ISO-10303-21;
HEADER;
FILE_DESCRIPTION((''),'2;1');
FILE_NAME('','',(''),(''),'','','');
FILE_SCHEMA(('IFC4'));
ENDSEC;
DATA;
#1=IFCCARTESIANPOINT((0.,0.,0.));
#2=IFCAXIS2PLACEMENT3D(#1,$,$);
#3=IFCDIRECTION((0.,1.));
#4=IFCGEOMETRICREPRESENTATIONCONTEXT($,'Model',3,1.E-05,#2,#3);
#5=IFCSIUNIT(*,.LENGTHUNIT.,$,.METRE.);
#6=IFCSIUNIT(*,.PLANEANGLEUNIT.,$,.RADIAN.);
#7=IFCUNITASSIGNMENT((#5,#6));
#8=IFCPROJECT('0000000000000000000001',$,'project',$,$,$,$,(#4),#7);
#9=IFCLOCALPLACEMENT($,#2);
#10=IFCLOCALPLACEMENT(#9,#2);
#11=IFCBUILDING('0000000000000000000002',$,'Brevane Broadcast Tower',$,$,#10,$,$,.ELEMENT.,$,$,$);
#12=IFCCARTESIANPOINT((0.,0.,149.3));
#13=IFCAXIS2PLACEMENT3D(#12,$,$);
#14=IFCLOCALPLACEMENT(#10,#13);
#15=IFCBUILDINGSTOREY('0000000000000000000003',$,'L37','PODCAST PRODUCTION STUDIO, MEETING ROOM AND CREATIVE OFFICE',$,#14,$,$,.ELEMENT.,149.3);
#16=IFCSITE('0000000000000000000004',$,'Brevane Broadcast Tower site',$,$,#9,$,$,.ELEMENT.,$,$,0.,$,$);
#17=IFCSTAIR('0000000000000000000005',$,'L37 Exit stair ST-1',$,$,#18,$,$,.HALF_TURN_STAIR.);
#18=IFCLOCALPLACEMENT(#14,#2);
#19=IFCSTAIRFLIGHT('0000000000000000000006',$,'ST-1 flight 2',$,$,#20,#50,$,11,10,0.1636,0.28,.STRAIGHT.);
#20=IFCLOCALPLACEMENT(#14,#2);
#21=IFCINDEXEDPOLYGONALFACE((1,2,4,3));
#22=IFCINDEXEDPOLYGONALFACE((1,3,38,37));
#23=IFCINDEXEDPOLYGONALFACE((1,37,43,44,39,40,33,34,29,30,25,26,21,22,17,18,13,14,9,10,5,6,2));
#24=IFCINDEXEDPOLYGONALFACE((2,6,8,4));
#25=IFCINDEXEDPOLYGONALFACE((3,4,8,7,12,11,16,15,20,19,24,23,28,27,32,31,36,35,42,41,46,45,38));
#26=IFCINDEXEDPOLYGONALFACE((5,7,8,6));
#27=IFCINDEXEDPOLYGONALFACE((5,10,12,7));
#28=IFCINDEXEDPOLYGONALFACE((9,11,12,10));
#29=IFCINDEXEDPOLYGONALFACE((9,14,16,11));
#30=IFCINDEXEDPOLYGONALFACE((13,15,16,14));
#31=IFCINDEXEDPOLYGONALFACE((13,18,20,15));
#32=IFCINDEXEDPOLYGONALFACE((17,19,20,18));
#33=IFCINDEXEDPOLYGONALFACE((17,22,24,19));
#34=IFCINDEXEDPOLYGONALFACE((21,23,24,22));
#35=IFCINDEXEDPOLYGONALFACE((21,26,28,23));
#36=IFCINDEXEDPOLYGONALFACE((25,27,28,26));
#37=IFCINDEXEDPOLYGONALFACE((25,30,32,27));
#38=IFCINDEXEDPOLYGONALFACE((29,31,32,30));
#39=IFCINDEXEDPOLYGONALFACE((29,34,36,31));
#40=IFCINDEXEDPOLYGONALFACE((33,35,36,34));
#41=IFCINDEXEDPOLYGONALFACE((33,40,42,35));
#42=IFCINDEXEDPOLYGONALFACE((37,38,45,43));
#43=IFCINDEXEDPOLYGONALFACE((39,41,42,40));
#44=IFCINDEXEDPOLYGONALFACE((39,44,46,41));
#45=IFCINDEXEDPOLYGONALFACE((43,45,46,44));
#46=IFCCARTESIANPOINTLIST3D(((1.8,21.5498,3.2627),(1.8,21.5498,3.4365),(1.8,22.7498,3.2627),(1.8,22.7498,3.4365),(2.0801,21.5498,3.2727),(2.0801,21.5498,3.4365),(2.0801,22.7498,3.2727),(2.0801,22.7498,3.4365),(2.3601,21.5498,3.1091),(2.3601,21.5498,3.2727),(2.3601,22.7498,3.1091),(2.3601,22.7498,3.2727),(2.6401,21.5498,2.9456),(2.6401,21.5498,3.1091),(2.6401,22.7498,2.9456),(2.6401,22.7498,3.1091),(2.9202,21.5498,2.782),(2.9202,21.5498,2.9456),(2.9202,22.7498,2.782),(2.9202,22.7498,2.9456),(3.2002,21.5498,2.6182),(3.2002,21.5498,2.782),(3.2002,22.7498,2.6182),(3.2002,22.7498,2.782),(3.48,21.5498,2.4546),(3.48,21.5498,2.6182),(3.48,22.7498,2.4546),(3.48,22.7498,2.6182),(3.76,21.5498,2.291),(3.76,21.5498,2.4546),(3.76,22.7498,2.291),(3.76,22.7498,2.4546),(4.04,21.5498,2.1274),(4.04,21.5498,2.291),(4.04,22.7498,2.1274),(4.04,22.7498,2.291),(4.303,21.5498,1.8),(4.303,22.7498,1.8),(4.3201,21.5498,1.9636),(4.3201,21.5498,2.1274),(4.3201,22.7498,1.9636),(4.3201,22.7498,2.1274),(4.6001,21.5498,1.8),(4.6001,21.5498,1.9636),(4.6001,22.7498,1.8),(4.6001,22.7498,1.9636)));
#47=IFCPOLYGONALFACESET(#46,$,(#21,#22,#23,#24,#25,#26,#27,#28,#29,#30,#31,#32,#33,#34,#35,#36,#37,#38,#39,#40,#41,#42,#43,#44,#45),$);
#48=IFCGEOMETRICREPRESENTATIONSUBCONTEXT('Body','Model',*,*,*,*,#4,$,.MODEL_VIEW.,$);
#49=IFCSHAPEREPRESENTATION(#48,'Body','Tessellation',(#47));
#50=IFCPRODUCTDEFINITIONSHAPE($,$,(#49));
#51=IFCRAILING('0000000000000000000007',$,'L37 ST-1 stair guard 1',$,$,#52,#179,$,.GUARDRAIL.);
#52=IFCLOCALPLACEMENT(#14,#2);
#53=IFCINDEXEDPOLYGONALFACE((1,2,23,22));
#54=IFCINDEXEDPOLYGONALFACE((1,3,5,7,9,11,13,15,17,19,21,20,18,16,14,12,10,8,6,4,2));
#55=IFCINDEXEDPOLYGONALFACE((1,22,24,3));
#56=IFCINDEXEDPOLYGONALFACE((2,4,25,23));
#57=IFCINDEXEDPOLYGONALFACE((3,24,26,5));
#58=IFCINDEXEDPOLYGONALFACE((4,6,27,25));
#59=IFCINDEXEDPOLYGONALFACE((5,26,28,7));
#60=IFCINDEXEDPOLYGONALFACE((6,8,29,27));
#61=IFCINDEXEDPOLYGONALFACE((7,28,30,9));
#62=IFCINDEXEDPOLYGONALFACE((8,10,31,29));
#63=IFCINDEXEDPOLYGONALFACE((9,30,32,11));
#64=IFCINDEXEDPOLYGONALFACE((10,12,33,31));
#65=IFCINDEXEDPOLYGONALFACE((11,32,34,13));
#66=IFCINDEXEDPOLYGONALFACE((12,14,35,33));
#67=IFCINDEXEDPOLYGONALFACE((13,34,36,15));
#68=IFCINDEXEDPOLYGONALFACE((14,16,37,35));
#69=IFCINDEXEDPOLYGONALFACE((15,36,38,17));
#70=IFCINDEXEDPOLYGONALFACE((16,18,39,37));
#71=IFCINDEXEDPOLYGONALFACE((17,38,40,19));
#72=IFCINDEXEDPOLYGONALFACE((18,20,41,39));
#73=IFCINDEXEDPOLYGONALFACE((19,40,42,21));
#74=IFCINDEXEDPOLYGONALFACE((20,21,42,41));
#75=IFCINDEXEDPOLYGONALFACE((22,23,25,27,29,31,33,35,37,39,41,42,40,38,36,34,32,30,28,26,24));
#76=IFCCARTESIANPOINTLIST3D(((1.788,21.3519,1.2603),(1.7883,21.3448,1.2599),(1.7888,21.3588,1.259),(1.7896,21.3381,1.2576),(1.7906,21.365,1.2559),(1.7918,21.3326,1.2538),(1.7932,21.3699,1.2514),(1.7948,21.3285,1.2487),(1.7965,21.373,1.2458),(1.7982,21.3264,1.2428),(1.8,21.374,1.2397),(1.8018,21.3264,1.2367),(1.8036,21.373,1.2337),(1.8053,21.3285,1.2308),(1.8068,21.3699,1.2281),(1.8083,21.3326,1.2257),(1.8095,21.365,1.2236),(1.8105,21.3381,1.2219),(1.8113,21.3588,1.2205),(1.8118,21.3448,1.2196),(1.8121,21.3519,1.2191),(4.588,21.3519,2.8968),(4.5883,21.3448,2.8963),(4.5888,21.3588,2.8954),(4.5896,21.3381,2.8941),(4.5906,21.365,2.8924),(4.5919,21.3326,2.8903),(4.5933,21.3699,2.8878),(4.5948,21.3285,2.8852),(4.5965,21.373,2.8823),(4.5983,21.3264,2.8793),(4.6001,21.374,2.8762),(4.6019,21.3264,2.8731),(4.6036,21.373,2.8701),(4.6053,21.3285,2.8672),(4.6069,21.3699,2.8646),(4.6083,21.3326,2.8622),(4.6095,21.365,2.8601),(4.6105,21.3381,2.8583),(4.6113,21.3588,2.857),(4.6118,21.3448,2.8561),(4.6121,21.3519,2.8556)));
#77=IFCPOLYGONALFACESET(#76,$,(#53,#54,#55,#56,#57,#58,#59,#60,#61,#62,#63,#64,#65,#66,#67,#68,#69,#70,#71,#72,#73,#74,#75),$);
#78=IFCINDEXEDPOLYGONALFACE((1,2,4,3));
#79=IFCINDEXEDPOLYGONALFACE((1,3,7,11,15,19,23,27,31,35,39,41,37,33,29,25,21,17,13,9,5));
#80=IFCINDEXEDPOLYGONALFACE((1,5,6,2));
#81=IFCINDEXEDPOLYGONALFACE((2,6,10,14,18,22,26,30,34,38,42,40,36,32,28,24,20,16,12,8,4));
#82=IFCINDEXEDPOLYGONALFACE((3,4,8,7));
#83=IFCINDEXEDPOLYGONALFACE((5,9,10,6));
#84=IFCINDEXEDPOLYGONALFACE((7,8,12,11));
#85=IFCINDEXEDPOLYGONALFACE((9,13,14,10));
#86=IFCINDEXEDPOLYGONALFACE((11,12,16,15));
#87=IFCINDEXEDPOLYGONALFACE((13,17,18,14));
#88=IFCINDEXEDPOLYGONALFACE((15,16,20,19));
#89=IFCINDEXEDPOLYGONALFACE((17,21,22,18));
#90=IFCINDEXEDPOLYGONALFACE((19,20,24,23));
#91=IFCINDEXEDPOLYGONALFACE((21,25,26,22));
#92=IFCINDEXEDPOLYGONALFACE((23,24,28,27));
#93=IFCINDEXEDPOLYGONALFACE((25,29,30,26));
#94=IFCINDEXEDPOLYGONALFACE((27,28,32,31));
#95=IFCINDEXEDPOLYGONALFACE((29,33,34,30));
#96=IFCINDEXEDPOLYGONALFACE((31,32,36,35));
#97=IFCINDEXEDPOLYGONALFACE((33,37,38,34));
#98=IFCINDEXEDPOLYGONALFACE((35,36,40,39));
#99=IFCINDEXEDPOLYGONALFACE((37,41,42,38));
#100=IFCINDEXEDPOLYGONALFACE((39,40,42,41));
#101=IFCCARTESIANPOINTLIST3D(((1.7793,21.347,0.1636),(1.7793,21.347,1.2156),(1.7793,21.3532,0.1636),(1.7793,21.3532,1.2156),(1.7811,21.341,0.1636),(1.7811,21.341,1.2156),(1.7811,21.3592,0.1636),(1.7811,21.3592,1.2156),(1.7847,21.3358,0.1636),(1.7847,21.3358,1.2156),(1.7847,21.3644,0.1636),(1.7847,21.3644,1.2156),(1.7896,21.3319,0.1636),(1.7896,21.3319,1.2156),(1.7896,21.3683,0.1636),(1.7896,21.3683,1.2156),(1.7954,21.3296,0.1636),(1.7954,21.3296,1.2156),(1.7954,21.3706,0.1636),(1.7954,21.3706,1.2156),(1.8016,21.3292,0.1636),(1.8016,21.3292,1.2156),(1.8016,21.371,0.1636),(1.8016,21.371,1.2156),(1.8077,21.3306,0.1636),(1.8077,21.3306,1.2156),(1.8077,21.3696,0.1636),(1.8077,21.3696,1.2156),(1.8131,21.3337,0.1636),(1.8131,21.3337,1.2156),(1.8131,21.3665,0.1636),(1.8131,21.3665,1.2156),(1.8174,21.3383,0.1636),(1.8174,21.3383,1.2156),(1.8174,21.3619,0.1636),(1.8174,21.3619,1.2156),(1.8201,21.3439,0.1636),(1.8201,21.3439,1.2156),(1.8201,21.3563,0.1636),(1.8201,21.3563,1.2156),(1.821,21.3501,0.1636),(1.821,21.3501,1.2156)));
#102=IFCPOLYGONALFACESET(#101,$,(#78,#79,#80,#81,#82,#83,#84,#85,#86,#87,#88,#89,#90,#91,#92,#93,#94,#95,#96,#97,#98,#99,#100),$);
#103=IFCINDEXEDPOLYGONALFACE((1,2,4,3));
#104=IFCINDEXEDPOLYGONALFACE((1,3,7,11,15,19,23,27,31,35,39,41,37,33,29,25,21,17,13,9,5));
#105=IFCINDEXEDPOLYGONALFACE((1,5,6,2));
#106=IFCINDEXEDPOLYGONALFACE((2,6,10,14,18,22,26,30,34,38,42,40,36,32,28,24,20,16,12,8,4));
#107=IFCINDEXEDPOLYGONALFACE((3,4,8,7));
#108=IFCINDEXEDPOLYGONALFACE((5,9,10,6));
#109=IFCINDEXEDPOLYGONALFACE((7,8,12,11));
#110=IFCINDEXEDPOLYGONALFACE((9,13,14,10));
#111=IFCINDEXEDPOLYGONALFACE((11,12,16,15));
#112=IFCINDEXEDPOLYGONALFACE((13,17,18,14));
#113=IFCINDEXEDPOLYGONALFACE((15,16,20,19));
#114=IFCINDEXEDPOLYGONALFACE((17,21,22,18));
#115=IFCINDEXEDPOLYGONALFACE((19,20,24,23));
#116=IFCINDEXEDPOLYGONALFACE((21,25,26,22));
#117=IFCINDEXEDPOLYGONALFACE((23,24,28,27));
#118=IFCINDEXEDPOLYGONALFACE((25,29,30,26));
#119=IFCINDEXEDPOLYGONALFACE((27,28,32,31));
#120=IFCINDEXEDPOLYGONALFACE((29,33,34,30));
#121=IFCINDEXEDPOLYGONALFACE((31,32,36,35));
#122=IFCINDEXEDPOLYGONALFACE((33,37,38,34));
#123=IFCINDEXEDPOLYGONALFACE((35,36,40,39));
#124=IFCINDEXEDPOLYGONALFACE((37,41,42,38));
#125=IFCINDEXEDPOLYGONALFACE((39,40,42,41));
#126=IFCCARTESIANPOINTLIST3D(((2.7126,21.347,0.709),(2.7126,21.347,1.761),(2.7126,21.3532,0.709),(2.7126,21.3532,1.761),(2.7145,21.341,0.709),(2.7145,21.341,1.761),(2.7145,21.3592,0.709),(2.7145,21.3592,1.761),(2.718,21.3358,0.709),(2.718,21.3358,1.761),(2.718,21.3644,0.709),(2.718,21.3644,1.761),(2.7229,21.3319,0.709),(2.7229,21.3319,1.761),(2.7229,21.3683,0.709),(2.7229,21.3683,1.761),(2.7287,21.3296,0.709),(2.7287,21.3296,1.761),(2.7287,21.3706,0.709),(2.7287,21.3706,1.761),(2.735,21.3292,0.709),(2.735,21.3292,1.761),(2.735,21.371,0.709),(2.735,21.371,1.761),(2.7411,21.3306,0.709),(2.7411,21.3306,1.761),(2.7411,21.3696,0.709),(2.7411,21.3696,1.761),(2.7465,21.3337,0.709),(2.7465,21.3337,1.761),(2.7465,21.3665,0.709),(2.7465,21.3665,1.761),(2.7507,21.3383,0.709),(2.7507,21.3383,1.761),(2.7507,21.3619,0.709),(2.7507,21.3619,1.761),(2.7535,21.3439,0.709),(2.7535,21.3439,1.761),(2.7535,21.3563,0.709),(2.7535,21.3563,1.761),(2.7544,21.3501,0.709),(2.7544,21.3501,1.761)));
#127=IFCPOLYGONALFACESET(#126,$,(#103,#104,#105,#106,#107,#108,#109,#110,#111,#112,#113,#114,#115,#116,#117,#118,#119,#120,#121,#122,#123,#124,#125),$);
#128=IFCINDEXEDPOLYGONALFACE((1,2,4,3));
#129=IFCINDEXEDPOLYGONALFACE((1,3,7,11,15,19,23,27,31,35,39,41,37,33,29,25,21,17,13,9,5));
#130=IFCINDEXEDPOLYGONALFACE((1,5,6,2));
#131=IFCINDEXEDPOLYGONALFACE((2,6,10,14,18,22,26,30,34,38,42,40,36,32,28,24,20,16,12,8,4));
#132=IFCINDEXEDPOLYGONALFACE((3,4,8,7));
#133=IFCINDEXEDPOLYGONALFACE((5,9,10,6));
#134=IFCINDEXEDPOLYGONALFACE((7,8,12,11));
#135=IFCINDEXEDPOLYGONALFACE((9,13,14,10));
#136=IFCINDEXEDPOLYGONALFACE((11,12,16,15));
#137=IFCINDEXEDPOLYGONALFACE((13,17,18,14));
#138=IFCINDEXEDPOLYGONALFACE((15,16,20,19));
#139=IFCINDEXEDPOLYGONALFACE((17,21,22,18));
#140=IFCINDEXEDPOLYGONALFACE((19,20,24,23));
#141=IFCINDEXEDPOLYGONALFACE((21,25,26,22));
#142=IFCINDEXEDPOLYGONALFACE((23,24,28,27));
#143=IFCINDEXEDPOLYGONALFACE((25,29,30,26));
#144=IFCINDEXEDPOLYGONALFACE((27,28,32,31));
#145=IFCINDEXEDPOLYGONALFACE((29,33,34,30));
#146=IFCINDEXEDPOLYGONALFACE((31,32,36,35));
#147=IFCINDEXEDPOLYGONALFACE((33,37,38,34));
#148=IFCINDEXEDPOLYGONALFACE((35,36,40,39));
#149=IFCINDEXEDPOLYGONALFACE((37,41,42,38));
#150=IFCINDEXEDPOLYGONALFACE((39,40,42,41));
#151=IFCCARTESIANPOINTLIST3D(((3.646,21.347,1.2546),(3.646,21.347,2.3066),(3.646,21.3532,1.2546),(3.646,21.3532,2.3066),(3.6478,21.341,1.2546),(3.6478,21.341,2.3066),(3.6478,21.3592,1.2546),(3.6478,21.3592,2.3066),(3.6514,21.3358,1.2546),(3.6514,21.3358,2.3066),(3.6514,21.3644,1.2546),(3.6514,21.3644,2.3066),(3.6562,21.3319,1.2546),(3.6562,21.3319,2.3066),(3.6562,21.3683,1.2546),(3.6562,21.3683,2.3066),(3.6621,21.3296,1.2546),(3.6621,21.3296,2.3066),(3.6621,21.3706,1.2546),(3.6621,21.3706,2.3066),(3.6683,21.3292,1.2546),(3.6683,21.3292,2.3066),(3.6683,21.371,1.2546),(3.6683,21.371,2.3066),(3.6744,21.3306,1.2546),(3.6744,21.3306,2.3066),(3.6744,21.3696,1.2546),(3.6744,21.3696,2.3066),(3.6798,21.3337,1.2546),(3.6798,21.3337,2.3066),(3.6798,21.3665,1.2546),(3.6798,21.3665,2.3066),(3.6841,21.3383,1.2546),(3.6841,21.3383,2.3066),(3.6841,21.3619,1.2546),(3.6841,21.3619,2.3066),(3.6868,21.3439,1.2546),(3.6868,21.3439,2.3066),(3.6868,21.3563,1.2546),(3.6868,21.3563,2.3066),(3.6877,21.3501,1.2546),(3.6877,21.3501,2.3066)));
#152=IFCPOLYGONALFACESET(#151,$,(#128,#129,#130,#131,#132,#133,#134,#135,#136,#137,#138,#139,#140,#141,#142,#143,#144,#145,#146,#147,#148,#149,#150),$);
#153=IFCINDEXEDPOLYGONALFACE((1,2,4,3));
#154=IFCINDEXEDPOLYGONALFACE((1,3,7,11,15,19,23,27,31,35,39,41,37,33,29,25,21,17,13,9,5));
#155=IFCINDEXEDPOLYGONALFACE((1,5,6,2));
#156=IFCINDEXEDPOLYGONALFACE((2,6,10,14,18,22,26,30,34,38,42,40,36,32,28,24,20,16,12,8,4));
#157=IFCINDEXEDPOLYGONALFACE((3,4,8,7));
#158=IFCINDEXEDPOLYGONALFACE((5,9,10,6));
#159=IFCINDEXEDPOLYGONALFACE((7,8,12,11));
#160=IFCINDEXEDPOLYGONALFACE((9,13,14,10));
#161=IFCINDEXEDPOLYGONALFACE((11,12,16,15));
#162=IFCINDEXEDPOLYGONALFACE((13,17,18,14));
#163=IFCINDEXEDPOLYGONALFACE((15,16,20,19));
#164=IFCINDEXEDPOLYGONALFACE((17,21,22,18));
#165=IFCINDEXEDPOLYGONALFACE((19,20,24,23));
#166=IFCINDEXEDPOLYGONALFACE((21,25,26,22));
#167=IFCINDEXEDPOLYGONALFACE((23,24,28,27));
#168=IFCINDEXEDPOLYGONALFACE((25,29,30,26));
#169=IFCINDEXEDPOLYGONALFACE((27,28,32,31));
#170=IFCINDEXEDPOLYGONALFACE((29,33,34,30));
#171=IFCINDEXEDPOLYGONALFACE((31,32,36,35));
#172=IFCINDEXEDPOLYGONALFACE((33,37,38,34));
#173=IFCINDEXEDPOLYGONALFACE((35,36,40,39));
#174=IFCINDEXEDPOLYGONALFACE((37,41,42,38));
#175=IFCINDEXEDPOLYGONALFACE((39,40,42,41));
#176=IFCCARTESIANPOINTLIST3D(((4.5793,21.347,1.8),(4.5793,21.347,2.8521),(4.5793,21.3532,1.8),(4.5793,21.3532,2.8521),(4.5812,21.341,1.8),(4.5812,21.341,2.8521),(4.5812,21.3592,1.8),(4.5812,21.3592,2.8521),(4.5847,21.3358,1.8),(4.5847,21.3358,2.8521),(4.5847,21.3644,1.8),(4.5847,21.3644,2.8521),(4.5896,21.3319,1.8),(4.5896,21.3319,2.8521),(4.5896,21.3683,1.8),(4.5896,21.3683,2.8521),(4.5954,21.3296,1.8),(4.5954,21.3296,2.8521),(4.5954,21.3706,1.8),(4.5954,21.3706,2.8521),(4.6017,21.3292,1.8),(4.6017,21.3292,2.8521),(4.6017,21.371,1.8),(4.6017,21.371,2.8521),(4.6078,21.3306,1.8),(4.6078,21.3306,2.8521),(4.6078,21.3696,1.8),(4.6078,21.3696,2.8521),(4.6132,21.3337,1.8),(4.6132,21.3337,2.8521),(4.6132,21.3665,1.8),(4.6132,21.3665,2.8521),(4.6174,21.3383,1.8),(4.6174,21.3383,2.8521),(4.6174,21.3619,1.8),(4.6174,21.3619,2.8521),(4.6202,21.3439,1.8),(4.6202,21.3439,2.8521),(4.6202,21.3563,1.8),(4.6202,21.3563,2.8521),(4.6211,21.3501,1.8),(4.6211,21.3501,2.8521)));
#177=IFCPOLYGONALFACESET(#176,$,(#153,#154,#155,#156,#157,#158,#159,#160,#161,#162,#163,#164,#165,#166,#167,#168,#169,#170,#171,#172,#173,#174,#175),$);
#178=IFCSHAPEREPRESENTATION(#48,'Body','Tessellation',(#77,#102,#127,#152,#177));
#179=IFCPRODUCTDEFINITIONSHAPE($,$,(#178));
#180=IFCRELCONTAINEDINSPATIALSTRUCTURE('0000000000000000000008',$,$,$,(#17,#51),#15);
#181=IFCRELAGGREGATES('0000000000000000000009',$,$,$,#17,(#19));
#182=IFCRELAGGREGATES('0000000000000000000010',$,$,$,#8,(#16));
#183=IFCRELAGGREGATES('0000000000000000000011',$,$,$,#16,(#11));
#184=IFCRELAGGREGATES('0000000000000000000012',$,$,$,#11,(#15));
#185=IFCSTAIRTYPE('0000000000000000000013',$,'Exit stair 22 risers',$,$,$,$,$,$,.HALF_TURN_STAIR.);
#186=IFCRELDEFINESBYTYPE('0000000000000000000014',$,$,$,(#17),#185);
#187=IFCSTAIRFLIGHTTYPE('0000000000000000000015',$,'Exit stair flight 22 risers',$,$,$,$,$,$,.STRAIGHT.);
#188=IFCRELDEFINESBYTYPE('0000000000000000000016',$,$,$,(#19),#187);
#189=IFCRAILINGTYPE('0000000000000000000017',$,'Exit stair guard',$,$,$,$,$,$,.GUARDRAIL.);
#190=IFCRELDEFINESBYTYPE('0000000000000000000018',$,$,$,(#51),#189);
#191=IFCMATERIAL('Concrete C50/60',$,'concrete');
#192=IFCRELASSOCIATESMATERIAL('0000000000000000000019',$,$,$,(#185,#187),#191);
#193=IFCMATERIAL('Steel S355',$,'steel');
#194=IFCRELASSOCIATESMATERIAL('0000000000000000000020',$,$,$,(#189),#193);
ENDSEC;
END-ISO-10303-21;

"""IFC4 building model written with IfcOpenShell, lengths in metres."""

from ifc_helpers import new_model, si_unit, direction, frame, origin, origin_2d, place, context, subcontext, project, spatial, polyline, circle, outline, extrude, material, type_object, element, aggregate, save


model = new_model("IFC4")

# Units and contexts
model_context = context("Model", 3, precision=1e-05, world=origin(), true_north=direction((0.0, 1.0)))
body_context = subcontext(model_context, "Body", "Model", "MODEL_VIEW")
ifc_project = project(units=[si_unit("LENGTHUNIT", "METRE"), si_unit("PLANEANGLEUNIT", "RADIAN")], contexts=[model_context])

# Site, building, storey
site_placement = place(None, origin())
site = spatial("IfcSite", under=ifc_project, at=site_placement, Name="Brevane Broadcast Tower site", CompositionType="ELEMENT", RefElevation=0.0)
building_placement = place(site_placement, origin())
building = spatial("IfcBuilding", under=site, at=building_placement, Name="Brevane Broadcast Tower", CompositionType="ELEMENT")
storey_placement = place(building_placement, frame((0.0, 0.0, 149.3)))
storey = spatial("IfcBuildingStorey", under=building, at=storey_placement, Name="L37", Description="PODCAST PRODUCTION STUDIO, MEETING ROOM AND CREATIVE OFFICE", CompositionType="ELEMENT", Elevation=149.3)

# Stair, stair flight
ifc_material_1 = material(Name="Concrete C50/60", Category="concrete")
stair_type = type_object("IfcStairType", Name="Exit stair 22 risers", PredefinedType="HALF_TURN_STAIR", material=ifc_material_1)
stair_placement = place(storey_placement, origin())
stair = element("IfcStair", 1, at=stair_placement, inside=storey, type_object=stair_type, Name="L37 Exit stair ST-1", PredefinedType="HALF_TURN_STAIR")
stair_flight_type = type_object("IfcStairFlightType", Name="Exit stair flight 22 risers", PredefinedType="STRAIGHT", material=ifc_material_1)
stair_flight_1_placement = place(storey_placement, frame((4.6001, 22.1499, 1.8), z_axis=(0.0, 0.0, 1.0), x_axis=(-1.0, 0.0, 0.0)))
stair_flight_1 = element("IfcStairFlight", 2, at=stair_flight_1_placement, type_object=stair_flight_type, Name="ST-1 flight 2", NumberOfRisers=11, NumberOfTreads=10, PredefinedType="STRAIGHT", RiserHeight=0.1636, TreadLength=0.28, context=body_context, shape_type="SweptSolid", body=[
    extrude(outline(polyline([(0.0, 0.0), (0.0, 0.1636), (0.28, 0.1636), (0.28, 0.3274), (0.5601, 0.3274), (0.5601, 0.491), (0.8401, 0.491), (0.8401, 0.6545), (1.1201, 0.6545), (1.1201, 0.8181), (1.3999, 0.8181), (1.3999, 0.9819), (1.6799, 0.9819), (1.6799, 1.1455), (1.96, 1.1455), (1.96, 1.3091), (2.24, 1.3091), (2.24, 1.4727), (2.52, 1.4727), (2.52, 1.6365), (2.8, 1.6365), (2.8, 1.8), (2.8, 1.4626), (0.2971, 0.0), (0.0, 0.0)])), frame((0.0, 0.6001, 0.0), z_axis=(0.0, -1.0, 0.0), x_axis=(1.0, 0.0, 0.0)), (0.0, 0.0, 1.0), 1.2),
])
aggregate(stair, [stair_flight_1])

# Railing
ifc_material_2 = material(Name="Steel S355", Category="steel")
railing_type_1 = type_object("IfcRailingType", Name="Exit stair guard", PredefinedType="GUARDRAIL", material=ifc_material_2)
railing_1_placement = place(storey_placement, frame((1.8, 21.3501, 0.1636)))
element("IfcRailing", 3, at=railing_1_placement, inside=storey, type_object=railing_type_1, Name="L37 ST-1 stair guard 1", PredefinedType="GUARDRAIL", context=body_context, shape_type="SweptSolid", body=[
    extrude(circle(Radius=0.0239, at=origin_2d()), frame((0.0, 0.0, 1.0762), z_axis=(0.863361, 0.0, 0.504587), x_axis=(0.0, 1.0, 0.0)), (0.0, 0.0, 1.0), 3.2432),
    extrude(circle(Radius=0.021, at=origin_2d()), origin(), (0.0, 0.0, 1.0), 1.052),
    extrude(circle(Radius=0.021, at=origin_2d()), frame((0.9333, 0.0, 0.5454)), (0.0, 0.0, 1.0), 1.052),
    extrude(circle(Radius=0.021, at=origin_2d()), frame((1.8667, 0.0, 1.0911)), (0.0, 0.0, 1.0), 1.052),
    extrude(circle(Radius=0.021, at=origin_2d()), frame((2.8, 0.0, 1.6365)), (0.0, 0.0, 1.0), 1.052),
])

save(model, "model.ifc")
